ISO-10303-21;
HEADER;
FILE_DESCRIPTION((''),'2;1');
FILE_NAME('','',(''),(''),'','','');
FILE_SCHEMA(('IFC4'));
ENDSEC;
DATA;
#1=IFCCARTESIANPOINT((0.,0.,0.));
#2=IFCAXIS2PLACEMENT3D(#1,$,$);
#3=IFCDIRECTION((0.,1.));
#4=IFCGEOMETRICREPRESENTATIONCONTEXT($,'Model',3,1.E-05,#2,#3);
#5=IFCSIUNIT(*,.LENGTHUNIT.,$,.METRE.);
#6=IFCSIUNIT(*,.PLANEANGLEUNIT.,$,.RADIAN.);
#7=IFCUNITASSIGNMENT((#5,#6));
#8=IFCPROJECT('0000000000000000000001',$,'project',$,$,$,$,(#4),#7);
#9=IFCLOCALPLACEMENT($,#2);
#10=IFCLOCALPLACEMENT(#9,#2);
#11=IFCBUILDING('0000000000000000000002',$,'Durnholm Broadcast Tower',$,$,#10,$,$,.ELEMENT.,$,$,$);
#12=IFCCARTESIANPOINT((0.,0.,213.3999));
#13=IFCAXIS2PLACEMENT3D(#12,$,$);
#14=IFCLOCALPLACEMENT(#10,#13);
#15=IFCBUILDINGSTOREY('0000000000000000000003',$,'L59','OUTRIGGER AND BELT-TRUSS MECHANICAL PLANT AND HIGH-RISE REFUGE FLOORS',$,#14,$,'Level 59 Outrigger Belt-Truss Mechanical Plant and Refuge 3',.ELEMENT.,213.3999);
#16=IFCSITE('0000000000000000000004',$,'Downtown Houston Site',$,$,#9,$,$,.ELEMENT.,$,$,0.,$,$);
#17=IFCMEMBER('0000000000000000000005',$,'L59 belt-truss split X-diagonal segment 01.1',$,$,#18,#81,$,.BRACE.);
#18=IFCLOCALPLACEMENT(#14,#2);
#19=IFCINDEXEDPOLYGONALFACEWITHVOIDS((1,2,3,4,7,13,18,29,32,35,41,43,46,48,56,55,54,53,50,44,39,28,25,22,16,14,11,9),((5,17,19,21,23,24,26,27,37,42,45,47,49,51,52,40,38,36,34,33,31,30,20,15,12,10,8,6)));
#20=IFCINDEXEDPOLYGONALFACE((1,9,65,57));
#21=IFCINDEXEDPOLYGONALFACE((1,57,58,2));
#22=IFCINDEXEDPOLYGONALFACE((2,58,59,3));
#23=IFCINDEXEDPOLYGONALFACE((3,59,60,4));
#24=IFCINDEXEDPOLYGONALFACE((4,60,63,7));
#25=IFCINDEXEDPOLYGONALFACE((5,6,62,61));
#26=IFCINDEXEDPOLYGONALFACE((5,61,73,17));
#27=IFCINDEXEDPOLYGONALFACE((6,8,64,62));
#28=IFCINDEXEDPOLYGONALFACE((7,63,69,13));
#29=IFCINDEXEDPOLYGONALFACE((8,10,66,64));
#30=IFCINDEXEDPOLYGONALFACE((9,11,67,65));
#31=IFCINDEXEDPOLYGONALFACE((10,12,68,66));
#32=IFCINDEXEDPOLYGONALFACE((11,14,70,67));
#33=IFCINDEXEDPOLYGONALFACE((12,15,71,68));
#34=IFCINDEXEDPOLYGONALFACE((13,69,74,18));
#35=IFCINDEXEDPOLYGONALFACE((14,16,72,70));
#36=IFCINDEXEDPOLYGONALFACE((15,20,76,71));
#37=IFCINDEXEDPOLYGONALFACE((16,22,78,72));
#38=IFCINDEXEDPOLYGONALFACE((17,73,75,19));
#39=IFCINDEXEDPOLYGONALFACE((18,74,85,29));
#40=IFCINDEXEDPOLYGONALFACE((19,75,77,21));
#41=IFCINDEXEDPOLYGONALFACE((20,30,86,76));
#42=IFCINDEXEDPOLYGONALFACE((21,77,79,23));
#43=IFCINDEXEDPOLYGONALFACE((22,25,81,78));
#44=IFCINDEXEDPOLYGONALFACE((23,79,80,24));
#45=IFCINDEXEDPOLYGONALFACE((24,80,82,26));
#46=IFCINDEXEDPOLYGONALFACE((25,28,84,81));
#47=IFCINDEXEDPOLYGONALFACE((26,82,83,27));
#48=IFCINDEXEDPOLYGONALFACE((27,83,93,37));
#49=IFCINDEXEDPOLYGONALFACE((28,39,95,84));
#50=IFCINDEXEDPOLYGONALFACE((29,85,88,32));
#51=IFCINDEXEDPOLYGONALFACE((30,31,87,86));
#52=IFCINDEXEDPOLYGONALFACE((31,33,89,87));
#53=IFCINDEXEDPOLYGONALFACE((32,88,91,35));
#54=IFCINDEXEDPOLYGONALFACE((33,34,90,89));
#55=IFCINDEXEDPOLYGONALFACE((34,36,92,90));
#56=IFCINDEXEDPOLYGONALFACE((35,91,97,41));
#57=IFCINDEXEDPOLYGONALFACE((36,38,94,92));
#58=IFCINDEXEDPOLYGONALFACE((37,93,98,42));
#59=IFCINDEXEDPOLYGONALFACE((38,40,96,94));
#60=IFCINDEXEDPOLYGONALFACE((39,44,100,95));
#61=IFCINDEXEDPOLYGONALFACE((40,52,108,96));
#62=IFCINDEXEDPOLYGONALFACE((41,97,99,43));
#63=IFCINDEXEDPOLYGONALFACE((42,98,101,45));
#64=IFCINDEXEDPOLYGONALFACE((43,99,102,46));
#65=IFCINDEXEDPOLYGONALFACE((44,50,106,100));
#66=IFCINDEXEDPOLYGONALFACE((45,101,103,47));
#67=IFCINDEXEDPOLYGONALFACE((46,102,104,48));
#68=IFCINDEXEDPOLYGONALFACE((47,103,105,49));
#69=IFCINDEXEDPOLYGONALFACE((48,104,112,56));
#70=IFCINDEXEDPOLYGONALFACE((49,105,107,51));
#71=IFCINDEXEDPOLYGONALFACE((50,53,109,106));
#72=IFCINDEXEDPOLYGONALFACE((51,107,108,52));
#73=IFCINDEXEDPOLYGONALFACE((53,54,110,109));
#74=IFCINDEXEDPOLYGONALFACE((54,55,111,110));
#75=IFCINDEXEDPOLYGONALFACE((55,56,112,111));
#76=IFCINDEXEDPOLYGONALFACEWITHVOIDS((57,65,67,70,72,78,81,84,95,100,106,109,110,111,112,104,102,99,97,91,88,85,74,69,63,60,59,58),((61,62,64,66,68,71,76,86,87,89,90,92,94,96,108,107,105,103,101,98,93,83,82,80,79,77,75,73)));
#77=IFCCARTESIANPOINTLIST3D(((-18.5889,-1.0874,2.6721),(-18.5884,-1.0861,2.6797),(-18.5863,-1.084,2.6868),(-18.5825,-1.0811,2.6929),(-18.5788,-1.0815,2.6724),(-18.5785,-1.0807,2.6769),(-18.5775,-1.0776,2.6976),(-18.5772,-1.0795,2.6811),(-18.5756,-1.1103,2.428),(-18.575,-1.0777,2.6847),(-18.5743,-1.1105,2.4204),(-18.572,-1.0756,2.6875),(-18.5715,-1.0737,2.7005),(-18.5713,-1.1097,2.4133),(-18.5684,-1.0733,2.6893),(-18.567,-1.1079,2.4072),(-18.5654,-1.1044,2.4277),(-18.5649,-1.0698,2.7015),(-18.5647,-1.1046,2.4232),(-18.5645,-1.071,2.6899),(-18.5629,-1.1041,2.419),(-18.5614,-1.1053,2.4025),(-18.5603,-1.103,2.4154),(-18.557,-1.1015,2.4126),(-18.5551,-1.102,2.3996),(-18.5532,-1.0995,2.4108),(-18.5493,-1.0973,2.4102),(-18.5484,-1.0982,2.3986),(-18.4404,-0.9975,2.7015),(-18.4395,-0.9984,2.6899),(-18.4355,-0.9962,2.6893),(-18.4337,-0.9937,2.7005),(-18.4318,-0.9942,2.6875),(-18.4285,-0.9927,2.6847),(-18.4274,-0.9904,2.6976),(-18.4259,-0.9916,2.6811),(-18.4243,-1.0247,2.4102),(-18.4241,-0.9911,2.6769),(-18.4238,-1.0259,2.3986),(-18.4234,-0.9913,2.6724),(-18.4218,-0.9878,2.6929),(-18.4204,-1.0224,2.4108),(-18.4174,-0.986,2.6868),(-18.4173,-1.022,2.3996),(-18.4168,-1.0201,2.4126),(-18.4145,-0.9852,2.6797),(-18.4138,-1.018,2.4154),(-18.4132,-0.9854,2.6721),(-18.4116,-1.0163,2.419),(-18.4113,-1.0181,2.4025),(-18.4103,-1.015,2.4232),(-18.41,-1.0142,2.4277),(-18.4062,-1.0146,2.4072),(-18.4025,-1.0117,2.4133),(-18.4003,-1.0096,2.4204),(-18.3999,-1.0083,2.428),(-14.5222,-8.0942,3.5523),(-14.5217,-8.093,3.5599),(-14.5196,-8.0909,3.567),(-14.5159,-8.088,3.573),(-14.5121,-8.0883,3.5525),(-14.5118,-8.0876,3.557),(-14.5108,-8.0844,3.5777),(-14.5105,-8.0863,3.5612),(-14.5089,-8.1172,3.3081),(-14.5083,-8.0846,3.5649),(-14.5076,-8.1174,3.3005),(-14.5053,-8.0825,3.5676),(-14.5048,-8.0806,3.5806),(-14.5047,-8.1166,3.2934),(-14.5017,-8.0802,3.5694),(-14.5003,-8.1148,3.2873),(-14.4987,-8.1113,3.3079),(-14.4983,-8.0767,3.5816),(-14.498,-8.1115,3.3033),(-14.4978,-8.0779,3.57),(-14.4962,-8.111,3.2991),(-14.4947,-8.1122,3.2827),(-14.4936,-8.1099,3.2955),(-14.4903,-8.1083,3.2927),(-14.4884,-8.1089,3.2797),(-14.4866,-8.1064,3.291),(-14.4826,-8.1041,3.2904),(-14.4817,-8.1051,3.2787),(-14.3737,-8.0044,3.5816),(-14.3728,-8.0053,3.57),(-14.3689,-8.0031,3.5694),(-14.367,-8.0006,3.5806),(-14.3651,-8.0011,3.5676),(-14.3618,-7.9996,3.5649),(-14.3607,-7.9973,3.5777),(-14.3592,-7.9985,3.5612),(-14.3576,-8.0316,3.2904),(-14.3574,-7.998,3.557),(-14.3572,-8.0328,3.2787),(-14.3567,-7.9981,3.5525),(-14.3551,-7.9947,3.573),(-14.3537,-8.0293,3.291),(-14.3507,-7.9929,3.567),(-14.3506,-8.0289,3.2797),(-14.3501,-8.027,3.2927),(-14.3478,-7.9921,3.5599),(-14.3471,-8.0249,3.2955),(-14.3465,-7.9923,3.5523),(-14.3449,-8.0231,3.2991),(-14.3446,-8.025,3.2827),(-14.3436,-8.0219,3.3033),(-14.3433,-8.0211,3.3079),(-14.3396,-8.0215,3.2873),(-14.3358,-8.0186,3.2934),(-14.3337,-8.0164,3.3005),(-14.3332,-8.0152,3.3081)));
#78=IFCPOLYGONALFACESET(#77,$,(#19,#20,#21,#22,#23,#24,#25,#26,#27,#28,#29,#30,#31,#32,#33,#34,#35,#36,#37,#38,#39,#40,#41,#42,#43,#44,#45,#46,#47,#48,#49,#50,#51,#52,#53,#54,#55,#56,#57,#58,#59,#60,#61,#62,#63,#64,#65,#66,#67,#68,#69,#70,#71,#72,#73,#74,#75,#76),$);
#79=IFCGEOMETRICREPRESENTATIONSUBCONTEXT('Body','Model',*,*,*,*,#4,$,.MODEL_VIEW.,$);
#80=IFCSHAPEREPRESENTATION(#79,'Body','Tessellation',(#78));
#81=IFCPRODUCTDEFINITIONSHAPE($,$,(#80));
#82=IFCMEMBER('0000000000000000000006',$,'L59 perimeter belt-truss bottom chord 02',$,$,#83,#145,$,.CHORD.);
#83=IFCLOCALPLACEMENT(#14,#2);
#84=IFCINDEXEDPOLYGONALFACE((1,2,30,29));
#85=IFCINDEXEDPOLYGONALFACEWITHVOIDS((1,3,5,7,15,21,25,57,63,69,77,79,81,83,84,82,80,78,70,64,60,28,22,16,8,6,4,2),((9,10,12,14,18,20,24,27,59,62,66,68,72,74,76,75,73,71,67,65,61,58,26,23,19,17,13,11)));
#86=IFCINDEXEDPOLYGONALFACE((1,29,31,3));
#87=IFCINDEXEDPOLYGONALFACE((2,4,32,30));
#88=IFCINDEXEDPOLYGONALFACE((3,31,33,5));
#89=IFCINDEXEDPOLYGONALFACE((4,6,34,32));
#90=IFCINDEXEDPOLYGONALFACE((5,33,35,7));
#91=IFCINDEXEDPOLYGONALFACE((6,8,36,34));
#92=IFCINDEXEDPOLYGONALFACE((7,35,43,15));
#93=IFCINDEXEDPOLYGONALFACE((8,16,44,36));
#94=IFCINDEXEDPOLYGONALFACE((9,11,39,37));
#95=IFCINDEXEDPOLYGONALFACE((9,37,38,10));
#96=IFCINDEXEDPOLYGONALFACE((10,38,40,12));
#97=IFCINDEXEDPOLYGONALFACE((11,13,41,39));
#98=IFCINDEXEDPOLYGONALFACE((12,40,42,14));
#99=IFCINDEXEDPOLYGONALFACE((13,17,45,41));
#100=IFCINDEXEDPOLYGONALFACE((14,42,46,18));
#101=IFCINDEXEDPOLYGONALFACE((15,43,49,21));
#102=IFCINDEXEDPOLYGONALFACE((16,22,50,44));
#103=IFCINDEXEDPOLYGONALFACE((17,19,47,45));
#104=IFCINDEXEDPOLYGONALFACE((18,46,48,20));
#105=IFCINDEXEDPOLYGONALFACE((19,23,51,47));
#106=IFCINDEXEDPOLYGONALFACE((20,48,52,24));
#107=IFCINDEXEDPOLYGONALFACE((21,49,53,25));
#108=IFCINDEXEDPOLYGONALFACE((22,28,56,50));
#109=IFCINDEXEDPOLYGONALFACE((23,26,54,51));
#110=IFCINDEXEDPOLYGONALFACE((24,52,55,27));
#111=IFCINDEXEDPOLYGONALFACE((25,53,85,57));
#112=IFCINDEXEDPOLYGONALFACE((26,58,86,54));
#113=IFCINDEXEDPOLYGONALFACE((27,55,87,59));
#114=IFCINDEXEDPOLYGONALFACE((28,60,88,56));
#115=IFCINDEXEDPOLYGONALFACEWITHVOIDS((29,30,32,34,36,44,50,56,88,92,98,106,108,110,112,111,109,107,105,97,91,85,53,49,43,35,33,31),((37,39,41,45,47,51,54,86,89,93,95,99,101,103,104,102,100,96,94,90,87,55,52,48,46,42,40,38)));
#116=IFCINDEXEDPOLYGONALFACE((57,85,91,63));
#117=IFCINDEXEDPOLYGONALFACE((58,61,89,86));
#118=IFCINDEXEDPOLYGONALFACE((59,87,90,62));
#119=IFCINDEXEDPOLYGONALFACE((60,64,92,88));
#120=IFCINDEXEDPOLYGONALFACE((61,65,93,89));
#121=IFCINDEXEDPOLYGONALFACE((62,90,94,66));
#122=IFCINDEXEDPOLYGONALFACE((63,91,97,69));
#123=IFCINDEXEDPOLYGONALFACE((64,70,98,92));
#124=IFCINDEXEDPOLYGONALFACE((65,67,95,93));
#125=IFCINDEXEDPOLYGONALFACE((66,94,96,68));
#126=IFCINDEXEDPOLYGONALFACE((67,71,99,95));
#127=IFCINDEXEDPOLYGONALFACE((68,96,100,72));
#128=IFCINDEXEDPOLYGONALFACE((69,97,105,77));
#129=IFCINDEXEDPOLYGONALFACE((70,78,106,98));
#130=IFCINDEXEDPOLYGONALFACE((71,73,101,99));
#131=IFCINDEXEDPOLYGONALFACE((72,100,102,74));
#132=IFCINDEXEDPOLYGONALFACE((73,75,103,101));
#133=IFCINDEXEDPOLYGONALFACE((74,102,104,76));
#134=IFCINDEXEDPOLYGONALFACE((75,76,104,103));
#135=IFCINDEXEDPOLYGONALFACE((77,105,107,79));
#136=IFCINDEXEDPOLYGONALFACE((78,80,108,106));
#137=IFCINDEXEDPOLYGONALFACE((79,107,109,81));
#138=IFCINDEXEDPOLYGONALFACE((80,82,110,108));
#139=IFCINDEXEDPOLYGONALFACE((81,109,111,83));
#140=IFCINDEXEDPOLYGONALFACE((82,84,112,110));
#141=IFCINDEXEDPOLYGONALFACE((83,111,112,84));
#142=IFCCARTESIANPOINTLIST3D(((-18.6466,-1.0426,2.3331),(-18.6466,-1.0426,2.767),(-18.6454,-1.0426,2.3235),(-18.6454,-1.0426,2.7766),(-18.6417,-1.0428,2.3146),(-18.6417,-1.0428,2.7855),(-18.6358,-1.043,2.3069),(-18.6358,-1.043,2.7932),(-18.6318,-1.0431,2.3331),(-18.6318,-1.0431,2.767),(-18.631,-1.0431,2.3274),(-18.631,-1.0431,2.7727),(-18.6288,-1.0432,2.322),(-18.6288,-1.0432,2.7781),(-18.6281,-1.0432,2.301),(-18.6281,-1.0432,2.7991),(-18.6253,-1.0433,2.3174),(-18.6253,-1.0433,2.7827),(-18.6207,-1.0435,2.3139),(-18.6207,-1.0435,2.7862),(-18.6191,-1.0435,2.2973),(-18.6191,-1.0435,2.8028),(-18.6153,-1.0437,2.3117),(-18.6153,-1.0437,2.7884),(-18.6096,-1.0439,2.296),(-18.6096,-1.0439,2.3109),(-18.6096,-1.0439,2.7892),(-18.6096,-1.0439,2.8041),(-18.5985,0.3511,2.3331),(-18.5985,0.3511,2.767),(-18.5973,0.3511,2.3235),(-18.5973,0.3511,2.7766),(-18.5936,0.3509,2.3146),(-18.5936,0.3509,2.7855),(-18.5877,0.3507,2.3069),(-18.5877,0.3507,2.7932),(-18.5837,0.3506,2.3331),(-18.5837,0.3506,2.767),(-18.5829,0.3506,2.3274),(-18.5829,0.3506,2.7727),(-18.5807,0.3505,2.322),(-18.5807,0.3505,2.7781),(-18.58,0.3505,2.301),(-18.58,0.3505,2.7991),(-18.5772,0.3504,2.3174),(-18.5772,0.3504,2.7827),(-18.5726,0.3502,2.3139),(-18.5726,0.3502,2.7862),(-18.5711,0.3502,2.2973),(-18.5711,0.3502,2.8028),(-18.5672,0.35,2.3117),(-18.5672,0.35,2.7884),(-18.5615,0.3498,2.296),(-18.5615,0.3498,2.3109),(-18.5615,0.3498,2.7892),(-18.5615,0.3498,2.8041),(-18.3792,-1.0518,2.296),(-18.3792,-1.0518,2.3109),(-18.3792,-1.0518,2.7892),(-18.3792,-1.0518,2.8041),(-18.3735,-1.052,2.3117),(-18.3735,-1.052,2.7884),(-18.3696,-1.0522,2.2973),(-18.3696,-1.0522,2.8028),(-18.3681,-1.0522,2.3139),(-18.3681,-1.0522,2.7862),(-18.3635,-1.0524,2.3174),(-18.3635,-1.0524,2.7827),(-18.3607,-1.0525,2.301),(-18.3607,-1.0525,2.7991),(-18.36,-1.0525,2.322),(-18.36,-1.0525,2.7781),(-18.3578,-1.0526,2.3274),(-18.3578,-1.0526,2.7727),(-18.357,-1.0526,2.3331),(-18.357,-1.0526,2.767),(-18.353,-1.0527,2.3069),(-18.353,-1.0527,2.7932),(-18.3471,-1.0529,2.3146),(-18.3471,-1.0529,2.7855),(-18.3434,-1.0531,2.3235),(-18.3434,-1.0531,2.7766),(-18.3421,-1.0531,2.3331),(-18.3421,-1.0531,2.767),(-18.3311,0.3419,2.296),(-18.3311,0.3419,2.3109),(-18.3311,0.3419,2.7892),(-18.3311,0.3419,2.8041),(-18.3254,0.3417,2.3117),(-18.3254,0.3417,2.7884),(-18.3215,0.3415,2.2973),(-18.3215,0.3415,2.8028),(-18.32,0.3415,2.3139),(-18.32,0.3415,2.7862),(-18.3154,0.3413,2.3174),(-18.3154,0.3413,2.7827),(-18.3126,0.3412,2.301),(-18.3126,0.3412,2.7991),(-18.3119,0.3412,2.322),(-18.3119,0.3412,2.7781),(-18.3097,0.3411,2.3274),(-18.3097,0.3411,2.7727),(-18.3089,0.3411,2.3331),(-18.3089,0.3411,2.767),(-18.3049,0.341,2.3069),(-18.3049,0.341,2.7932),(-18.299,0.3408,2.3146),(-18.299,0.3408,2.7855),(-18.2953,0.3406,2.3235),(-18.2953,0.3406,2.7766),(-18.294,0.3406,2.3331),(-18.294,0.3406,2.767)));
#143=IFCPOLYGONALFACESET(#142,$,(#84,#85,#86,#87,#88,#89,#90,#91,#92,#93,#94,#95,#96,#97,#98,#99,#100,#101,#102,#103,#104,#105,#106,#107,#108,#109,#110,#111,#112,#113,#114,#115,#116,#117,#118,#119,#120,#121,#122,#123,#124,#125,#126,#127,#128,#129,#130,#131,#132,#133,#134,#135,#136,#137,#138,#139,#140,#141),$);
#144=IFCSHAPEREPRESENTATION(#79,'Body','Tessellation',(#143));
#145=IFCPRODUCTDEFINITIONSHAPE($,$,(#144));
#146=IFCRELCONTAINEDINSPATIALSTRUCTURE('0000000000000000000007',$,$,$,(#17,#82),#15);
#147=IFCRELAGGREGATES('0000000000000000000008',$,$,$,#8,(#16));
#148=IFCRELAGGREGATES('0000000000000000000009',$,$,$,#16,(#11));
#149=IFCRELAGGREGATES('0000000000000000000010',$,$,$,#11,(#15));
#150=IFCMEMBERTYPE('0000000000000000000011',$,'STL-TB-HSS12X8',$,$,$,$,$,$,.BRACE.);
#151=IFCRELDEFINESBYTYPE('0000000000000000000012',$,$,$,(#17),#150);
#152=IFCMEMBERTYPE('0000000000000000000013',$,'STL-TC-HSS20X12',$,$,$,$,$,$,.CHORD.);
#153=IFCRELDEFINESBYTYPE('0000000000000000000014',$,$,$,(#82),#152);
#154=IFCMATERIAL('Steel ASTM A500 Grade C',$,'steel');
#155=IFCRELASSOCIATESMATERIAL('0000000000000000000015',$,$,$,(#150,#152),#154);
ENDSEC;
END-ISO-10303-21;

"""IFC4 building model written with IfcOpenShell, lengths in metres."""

from ifc_helpers import new_model, si_unit, direction, frame, origin, origin_2d, place, context, subcontext, project, spatial, hollow_rectangle, extrude, source, transform, mapped, material, material_profile, profile_set, type_object, type_shapes, element, save


model = new_model("IFC4")

# Units and contexts
model_context = context("Model", 3, precision=1e-05, world=origin(), true_north=direction((0.0, 1.0)))
body_context = subcontext(model_context, "Body", "Model", "MODEL_VIEW")
ifc_project = project(units=[si_unit("LENGTHUNIT", "METRE"), si_unit("PLANEANGLEUNIT", "RADIAN")], contexts=[model_context])

# Site, building, storey
site_placement = place(None, origin())
site = spatial("IfcSite", under=ifc_project, at=site_placement, Name="Downtown Houston Site", CompositionType="ELEMENT", RefElevation=0.0)
building_placement = place(site_placement, origin())
building = spatial("IfcBuilding", under=site, at=building_placement, Name="Durnholm Broadcast Tower", CompositionType="ELEMENT")
storey_placement = place(building_placement, frame((0.0, 0.0, 213.3999)))
storey = spatial("IfcBuildingStorey", under=building, at=storey_placement, Name="L59", Description="OUTRIGGER AND BELT-TRUSS MECHANICAL PLANT AND HIGH-RISE REFUGE FLOORS", LongName="Level 59 Outrigger Belt-Truss Mechanical Plant and Refuge 3", CompositionType="ELEMENT", Elevation=213.3999)

# Members
ifc_material_1 = material(Name="Steel ASTM A500 Grade C", Category="steel")
ifc_material_profile_1 = material_profile(ifc_material_1, hollow_rectangle(XDim=0.2031, YDim=0.3047, WallThickness=0.0117, InnerFilletRadius=0.0176, OuterFilletRadius=0.0295, at=origin_2d()), Name="HSS12X8X1/2")
ifc_profile_set_1 = profile_set([ifc_material_profile_1], Name="Steel ASTM A500 Grade C")
member_type_1 = type_object("IfcMemberType", Name="STL-TB-HSS12X8", PredefinedType="BRACE", material=ifc_profile_set_1)
shared_shape_1 = source(origin(), body_context, "Body", "SweptSolid", [
    extrude(hollow_rectangle(XDim=0.2031, YDim=0.3047, WallThickness=0.0117, InnerFilletRadius=0.0176, OuterFilletRadius=0.0295, at=origin_2d()), origin(), (0.0, 0.0, 1.0), 8.1492),
])
type_shapes(member_type_1, [shared_shape_1])
member_1_placement = place(storey_placement, frame((-18.4944, -1.0479, 2.55), z_axis=(0.49903, -0.859828, 0.108003), x_axis=(0.864887, 0.501966, 0.0)))
element("IfcMember", 1, at=member_1_placement, inside=storey, type_object=member_type_1, Name="L59 belt-truss split X-diagonal segment 01.1", PredefinedType="BRACE", context=body_context, shape_type="MappedRepresentation", body=[
    mapped(shared_shape_1, transform((0.0, 0.0, 0.0), x_axis=(1.0, 0.0, 0.0), y_axis=(0.0, 1.0, 0.0), z_axis=(0.0, 0.0, 1.0), scale=1.0)),
])
ifc_material_profile_2 = material_profile(ifc_material_1, hollow_rectangle(XDim=0.3047, YDim=0.5081, WallThickness=0.0149, InnerFilletRadius=0.0222, OuterFilletRadius=0.0371, at=origin_2d()), Name="HSS20X12X5/8")
ifc_profile_set_2 = profile_set([ifc_material_profile_2], Name="Steel ASTM A500 Grade C")
member_type_2 = type_object("IfcMemberType", Name="STL-TC-HSS20X12", PredefinedType="CHORD", material=ifc_profile_set_2)
shared_shape_2 = source(origin(), body_context, "Body", "SweptSolid", [
    extrude(hollow_rectangle(XDim=0.3047, YDim=0.5081, WallThickness=0.0149, InnerFilletRadius=0.0222, OuterFilletRadius=0.0371, at=origin_2d()), origin(), (0.0, 0.0, 1.0), 1.3945),
])
type_shapes(member_type_2, [shared_shape_2])
member_2_placement = place(storey_placement, frame((-18.4944, -1.0479, 2.55), z_axis=(0.034486, 0.999405, 0.0), x_axis=(-0.999405, 0.034486, 0.0)))
element("IfcMember", 2, at=member_2_placement, inside=storey, type_object=member_type_2, Name="L59 perimeter belt-truss bottom chord 02", PredefinedType="CHORD", context=body_context, shape_type="MappedRepresentation", body=[
    mapped(shared_shape_2, transform((0.0, 0.0, 0.0), x_axis=(1.0, 0.0, 0.0), y_axis=(0.0, 1.0, 0.0), z_axis=(0.0, 0.0, 1.0), scale=1.0)),
])

save(model, "model.ifc")
